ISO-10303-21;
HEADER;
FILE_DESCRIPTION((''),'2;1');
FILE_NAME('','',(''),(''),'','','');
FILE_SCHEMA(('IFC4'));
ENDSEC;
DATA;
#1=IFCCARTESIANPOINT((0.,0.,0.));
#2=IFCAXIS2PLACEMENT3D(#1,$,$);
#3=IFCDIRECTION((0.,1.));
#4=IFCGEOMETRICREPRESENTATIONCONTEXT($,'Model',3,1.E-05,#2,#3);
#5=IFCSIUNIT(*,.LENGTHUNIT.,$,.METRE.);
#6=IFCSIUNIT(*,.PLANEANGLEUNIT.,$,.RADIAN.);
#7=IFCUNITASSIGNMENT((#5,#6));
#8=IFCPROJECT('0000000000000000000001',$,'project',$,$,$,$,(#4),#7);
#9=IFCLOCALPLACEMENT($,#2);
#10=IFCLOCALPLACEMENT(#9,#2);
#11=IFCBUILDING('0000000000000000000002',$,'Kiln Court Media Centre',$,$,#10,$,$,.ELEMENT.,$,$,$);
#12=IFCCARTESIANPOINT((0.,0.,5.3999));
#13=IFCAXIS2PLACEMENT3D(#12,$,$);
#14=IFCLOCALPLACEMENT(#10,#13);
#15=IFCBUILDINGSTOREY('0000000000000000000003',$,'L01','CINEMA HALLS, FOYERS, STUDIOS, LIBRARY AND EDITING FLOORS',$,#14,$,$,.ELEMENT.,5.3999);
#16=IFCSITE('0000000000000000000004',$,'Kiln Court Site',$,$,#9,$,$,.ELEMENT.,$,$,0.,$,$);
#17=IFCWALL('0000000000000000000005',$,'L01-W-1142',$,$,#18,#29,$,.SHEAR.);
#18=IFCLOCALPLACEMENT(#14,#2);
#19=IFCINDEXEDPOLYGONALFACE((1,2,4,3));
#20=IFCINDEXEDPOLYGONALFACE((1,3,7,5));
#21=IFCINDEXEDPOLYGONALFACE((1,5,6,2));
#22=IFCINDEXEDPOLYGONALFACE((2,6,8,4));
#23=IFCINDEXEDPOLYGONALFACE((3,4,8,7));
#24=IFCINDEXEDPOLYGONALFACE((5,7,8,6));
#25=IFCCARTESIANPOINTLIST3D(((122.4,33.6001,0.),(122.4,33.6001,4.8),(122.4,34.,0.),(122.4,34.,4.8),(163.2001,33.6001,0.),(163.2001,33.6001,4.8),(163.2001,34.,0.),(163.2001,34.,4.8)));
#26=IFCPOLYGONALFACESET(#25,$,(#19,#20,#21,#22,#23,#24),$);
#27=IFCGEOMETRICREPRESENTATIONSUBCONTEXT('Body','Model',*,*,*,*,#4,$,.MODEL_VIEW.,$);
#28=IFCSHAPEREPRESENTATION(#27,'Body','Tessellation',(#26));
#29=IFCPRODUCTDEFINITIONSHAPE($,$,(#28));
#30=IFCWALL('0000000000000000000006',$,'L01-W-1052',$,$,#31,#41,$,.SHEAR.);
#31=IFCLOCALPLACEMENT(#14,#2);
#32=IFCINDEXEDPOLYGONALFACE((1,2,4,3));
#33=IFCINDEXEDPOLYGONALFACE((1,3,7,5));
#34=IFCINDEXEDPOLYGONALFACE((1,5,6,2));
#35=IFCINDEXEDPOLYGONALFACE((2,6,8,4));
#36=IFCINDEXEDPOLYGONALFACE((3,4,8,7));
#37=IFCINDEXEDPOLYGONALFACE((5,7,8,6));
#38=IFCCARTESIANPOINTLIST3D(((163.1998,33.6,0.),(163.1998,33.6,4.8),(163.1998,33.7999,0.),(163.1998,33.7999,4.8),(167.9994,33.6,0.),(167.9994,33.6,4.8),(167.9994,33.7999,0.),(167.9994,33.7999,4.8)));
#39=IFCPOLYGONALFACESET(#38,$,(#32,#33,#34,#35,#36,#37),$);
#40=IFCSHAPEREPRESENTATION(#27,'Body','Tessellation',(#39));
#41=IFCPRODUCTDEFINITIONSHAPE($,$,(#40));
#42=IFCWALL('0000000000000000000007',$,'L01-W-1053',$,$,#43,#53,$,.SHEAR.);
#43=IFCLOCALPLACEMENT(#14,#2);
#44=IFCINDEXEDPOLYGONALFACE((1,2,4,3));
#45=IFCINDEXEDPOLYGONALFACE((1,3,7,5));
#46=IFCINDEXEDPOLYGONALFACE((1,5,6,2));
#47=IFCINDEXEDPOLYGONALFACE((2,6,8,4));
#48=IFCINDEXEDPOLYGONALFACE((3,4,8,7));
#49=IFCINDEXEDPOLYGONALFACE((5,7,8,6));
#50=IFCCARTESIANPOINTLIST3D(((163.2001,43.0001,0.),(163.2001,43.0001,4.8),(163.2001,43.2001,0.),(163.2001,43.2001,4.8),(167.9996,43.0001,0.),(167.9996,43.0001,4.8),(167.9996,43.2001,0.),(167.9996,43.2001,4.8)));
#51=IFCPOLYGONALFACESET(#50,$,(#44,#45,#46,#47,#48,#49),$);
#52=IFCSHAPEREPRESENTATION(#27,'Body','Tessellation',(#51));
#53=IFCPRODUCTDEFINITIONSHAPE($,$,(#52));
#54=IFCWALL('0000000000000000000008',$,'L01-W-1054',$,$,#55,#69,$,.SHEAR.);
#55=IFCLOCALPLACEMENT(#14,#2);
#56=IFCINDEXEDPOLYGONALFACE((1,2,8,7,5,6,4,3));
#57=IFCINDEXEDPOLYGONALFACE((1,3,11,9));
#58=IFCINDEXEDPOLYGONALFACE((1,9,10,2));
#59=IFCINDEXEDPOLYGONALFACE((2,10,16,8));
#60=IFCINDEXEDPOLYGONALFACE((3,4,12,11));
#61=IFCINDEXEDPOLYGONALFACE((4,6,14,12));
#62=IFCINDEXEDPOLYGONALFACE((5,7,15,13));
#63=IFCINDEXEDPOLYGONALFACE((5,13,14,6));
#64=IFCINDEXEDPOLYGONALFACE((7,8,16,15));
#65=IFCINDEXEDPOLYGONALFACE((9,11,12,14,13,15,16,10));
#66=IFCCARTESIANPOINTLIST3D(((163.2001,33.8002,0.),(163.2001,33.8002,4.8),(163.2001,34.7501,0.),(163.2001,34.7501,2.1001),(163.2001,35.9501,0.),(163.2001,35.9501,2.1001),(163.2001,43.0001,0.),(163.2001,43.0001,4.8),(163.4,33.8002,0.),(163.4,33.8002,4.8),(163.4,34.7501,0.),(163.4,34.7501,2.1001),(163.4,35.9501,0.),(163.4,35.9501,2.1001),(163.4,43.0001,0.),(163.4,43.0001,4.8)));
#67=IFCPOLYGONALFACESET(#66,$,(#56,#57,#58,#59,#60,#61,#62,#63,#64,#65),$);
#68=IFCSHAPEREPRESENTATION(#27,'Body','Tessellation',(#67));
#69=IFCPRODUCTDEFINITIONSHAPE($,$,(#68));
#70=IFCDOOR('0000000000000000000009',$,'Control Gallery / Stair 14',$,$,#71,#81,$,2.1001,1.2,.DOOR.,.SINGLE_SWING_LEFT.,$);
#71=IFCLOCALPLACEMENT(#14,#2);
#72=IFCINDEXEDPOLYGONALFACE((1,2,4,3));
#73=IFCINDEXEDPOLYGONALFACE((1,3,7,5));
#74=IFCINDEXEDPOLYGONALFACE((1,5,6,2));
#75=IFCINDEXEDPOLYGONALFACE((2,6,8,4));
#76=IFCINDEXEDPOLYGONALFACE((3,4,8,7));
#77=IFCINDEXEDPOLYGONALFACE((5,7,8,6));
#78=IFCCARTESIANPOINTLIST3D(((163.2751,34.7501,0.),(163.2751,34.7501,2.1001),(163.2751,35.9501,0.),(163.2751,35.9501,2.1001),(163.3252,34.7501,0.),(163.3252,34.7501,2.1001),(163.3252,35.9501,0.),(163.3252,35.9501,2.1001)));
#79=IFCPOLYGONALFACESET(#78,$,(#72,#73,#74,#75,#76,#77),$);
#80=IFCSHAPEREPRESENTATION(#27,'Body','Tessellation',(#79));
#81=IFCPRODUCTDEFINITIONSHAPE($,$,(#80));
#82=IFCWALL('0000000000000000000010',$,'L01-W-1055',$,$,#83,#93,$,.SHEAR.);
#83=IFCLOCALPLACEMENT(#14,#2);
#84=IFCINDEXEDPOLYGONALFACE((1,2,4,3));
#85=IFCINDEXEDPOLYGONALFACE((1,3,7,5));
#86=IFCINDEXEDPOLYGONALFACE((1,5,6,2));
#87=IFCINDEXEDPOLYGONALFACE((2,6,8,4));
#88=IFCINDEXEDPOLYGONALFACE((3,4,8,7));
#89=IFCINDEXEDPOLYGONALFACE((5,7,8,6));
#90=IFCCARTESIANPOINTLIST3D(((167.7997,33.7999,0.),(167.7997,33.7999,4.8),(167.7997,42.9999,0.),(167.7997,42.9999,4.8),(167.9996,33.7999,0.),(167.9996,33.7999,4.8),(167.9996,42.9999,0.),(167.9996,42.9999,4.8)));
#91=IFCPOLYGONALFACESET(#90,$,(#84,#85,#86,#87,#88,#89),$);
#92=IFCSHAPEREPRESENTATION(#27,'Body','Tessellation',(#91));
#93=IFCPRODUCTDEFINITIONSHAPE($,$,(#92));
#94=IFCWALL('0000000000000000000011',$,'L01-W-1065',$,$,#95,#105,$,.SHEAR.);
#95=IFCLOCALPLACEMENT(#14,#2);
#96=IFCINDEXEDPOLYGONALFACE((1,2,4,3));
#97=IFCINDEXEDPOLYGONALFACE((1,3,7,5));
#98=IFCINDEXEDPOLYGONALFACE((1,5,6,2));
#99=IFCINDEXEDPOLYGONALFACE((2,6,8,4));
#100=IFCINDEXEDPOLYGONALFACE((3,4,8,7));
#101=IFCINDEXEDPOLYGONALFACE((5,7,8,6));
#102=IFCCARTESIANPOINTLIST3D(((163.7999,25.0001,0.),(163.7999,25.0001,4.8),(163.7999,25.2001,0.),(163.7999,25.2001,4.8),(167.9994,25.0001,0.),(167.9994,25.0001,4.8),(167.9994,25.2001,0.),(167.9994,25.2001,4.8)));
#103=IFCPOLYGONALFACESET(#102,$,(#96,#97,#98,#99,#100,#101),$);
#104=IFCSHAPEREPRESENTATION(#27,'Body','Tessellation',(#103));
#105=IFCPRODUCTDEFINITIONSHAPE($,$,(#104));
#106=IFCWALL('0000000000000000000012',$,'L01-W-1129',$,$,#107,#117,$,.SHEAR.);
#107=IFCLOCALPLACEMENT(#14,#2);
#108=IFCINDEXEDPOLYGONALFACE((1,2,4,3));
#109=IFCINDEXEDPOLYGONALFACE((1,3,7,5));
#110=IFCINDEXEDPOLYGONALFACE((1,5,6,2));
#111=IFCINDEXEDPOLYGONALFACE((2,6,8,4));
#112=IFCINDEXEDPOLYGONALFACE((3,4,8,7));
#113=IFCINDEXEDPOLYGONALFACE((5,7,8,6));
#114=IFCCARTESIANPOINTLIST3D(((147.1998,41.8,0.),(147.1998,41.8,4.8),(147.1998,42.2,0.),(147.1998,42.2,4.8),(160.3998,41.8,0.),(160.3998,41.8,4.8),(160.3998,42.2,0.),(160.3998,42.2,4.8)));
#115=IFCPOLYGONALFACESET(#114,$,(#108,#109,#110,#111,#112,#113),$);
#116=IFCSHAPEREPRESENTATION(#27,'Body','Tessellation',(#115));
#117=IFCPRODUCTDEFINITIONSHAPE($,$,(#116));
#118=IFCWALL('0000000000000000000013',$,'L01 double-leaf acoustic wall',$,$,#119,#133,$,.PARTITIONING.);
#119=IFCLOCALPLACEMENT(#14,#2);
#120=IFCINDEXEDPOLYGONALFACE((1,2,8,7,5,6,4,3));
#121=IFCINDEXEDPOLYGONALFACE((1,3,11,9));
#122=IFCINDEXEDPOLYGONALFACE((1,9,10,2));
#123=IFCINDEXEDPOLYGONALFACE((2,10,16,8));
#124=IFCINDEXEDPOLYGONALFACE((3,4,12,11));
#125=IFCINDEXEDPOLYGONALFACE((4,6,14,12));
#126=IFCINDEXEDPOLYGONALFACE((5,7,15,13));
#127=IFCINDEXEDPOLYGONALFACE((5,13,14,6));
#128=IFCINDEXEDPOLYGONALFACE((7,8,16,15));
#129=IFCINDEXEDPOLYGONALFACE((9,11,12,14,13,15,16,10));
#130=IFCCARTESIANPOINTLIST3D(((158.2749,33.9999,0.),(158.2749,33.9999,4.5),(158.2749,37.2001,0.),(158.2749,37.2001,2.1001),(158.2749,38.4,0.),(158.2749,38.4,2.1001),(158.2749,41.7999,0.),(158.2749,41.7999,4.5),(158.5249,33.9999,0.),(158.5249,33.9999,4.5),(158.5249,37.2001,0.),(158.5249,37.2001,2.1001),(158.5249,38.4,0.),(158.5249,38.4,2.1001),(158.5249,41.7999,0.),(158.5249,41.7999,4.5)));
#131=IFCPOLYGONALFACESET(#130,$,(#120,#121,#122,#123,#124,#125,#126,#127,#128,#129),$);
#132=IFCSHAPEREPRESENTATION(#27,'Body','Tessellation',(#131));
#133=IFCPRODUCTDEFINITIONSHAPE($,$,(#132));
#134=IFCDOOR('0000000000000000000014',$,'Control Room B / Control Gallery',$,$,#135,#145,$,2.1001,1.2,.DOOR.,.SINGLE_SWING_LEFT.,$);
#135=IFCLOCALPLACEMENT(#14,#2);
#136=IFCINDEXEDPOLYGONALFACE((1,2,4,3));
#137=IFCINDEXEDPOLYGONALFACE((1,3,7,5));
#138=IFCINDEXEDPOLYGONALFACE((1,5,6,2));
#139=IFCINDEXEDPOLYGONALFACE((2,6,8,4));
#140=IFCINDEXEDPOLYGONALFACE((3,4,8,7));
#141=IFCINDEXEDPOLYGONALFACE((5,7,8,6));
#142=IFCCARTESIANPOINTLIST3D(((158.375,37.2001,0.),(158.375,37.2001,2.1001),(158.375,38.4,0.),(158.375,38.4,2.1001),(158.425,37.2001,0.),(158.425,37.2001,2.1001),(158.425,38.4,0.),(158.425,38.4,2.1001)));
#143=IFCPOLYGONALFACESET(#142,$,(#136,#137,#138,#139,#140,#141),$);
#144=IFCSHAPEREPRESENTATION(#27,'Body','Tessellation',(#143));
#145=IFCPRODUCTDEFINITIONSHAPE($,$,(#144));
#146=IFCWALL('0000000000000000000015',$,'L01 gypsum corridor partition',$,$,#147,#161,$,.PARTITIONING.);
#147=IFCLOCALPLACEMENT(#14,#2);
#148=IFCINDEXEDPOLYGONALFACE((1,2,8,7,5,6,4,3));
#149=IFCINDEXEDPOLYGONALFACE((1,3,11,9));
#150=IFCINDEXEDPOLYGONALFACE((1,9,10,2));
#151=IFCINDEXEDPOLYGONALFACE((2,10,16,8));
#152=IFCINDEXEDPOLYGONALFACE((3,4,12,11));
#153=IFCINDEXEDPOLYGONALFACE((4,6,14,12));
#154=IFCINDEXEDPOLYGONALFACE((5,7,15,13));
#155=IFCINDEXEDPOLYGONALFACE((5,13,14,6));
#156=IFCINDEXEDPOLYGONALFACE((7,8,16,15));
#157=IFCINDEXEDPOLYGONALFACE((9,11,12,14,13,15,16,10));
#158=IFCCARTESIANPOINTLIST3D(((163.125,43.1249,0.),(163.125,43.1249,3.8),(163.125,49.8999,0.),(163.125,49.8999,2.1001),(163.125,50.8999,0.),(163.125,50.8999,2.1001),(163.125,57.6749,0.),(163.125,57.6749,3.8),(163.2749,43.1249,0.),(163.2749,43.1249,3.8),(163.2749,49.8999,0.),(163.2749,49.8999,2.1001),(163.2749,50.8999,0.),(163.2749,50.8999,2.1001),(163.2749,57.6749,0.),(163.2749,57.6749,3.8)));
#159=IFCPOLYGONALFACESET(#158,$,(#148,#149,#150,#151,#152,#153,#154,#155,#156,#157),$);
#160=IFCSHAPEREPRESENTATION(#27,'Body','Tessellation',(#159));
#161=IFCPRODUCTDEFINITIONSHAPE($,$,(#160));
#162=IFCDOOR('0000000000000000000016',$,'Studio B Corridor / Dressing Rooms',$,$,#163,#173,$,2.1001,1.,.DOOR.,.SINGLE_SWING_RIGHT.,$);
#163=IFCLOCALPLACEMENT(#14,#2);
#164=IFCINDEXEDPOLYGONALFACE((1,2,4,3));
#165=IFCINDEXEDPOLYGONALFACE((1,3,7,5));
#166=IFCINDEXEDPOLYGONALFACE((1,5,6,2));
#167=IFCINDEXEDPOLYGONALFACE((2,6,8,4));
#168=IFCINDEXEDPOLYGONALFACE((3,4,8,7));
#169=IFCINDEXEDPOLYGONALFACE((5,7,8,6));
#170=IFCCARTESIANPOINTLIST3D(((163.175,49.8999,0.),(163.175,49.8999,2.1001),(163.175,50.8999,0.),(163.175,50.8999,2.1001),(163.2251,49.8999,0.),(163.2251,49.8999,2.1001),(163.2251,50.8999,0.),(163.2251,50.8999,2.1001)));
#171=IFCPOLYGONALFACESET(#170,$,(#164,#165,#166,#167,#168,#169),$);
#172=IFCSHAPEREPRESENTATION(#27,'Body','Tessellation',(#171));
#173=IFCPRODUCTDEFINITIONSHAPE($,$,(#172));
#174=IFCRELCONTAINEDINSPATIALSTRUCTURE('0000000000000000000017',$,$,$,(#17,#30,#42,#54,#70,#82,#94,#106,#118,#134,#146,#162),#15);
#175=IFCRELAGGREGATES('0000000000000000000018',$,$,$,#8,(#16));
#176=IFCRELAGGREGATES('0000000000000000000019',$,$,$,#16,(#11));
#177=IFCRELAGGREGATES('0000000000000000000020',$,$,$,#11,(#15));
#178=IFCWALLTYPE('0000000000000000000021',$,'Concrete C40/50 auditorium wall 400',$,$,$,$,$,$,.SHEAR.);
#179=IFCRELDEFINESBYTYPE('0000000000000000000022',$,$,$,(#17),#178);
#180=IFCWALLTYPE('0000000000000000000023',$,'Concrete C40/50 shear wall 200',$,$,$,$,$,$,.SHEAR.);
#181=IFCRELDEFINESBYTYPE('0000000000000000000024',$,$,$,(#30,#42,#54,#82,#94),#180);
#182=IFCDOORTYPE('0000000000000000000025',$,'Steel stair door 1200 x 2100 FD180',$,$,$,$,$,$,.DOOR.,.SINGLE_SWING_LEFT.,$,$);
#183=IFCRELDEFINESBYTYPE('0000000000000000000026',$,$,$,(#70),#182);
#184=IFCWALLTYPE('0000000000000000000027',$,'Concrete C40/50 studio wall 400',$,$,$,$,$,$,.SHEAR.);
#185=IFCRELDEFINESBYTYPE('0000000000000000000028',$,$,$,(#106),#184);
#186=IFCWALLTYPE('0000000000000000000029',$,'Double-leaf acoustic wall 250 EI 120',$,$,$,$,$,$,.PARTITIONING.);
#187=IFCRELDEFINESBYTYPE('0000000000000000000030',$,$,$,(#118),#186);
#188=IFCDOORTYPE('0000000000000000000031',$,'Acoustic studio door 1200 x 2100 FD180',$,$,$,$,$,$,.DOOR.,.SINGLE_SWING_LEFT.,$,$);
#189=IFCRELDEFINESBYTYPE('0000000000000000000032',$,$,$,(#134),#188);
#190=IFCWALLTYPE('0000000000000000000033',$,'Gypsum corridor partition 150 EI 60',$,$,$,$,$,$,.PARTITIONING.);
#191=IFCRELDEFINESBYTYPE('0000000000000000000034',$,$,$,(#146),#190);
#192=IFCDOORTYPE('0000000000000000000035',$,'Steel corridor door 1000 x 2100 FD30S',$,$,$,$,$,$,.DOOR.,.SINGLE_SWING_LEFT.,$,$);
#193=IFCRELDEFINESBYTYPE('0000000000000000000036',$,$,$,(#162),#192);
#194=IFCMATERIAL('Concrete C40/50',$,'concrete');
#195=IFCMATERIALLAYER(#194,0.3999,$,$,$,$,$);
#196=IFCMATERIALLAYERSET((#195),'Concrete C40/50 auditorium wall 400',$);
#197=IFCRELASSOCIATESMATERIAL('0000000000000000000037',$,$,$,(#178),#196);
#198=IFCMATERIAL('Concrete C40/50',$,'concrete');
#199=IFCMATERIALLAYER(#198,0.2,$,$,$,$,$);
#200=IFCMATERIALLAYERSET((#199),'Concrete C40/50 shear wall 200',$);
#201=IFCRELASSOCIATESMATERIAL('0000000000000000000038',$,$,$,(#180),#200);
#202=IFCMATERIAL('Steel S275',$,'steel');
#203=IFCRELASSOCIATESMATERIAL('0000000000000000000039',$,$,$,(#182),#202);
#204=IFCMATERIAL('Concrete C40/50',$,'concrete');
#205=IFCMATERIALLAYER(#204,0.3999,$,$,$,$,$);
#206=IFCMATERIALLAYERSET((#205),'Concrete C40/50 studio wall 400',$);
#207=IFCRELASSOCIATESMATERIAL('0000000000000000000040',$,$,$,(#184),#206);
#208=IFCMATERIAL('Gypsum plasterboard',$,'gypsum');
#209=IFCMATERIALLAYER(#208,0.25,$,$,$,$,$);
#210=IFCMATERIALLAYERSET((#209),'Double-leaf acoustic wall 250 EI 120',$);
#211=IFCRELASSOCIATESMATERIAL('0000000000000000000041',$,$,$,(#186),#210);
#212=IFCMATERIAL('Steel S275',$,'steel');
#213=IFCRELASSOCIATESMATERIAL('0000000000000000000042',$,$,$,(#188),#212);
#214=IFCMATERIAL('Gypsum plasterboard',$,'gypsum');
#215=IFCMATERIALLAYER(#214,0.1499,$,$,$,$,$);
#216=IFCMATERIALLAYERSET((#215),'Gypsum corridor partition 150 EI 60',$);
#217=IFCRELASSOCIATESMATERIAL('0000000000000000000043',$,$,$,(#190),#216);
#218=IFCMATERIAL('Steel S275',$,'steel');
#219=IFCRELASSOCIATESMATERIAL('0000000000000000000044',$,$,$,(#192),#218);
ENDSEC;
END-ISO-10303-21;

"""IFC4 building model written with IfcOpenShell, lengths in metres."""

from ifc_helpers import new_model, si_unit, direction, frame, frame_2d, origin, place, context, subcontext, project, spatial, rectangle, extrude, material, layer, layer_set, type_object, element, fill, save


model = new_model("IFC4")

# Units and contexts
model_context = context("Model", 3, precision=1e-05, world=origin(), true_north=direction((0.0, 1.0)))
body_context = subcontext(model_context, "Body", "Model", "MODEL_VIEW")
ifc_project = project(units=[si_unit("LENGTHUNIT", "METRE"), si_unit("PLANEANGLEUNIT", "RADIAN")], contexts=[model_context])

# Site, building, storey
site_placement = place(None, origin())
site = spatial("IfcSite", under=ifc_project, at=site_placement, Name="Kiln Court Site", CompositionType="ELEMENT", RefElevation=0.0)
building_placement = place(site_placement, origin())
building = spatial("IfcBuilding", under=site, at=building_placement, Name="Kiln Court Media Centre", CompositionType="ELEMENT")
storey_placement = place(building_placement, frame((0.0, 0.0, 5.3999)))
storey = spatial("IfcBuildingStorey", under=building, at=storey_placement, Name="L01", Description="CINEMA HALLS, FOYERS, STUDIOS, LIBRARY AND EDITING FLOORS", CompositionType="ELEMENT", Elevation=5.3999)

# Walls
ifc_material_1 = material(Name="Concrete C40/50", Category="concrete")
ifc_layer_1 = layer(ifc_material_1, 0.3999)
ifc_layer_set_1 = layer_set([ifc_layer_1], Name="Concrete C40/50 auditorium wall 400")
wall_type_1 = type_object("IfcWallType", Name="Concrete C40/50 auditorium wall 400", PredefinedType="SHEAR", material=ifc_layer_set_1)
wall_1_placement = place(storey_placement, frame((163.2, 33.8, 0.0), z_axis=(0.0, 0.0, 1.0), x_axis=(-1.0, 0.0, 0.0)))
element("IfcWall", 1, at=wall_1_placement, inside=storey, type_object=wall_type_1, Name="L01-W-1142", PredefinedType="SHEAR", context=body_context, shape_type="SweptSolid", body=[
    extrude(rectangle(XDim=40.8, YDim=0.3999, at=frame_2d((20.3999, 0.0))), origin(), (0.0, 0.0, 1.0), 4.8),
])
ifc_material_2 = material(Name="Concrete C40/50", Category="concrete")
ifc_layer_2 = layer(ifc_material_2, 0.2)
ifc_layer_set_2 = layer_set([ifc_layer_2], Name="Concrete C40/50 shear wall 200")
wall_type_2 = type_object("IfcWallType", Name="Concrete C40/50 shear wall 200", PredefinedType="SHEAR", material=ifc_layer_set_2)
for number, where, z_axis, x_axis, name in (
    (2, (167.9995, 33.7, 0.0), (0.0, 0.0, 1.0), (-1.0, 0.0, 0.0), "L01-W-1052"),
    (3, (163.2, 43.1001, 0.0), (0.0, 0.0, 1.0), (1.0, 0.0, 0.0), "L01-W-1053"),
):
    element("IfcWall", number, at=place(storey_placement, frame(where, z_axis=z_axis, x_axis=x_axis)), inside=storey, type_object=wall_type_2, Name=name, PredefinedType="SHEAR", context=body_context, shape_type="SweptSolid", body=[
        extrude(rectangle(XDim=4.7996, YDim=0.2, at=frame_2d((2.3999, 0.0))), origin(), (0.0, 0.0, 1.0), 4.8),
    ])

# Wall, opening, door
wall_2_placement = place(storey_placement, frame((163.3, 33.8, 0.0), z_axis=(0.0, 0.0, 1.0), x_axis=(0.0, 1.0, 0.0)))
wall_2 = element("IfcWall", 4, at=wall_2_placement, inside=storey, type_object=wall_type_2, Name="L01-W-1054", PredefinedType="SHEAR", context=body_context, shape_type="SweptSolid", body=[
    extrude(rectangle(XDim=9.2, YDim=0.2, at=frame_2d((4.6001, 0.0))), origin(), (0.0, 0.0, 1.0), 4.8),
])
opening_1_placement = place(wall_2_placement, frame((0.95, 0.0, 0.0)))
opening_1 = element("IfcOpeningElement", 5, at=opening_1_placement, cuts=wall_2, PredefinedType="OPENING", context=body_context, shape_type="SweptSolid", body=[
    extrude(rectangle(XDim=1.2, YDim=2.1001, at=frame_2d((0.6001, 1.05))), frame((0.0, 0.1099, 0.0), z_axis=(0.0, -1.0, 0.0), x_axis=(1.0, 0.0, 0.0)), (0.0, 0.0, 1.0), 0.22),
])
ifc_material_3 = material(Name="Steel S275", Category="steel")
door_type_1 = type_object("IfcDoorType", Name="Steel stair door 1200 x 2100 FD180", OperationType="SINGLE_SWING_LEFT", PredefinedType="DOOR", material=ifc_material_3)
door_1_placement = place(opening_1_placement, origin())
door_1 = element("IfcDoor", 6, at=door_1_placement, inside=storey, type_object=door_type_1, Name="Control Gallery / Stair 14", OperationType="SINGLE_SWING_LEFT", OverallHeight=2.1001, OverallWidth=1.2, PredefinedType="DOOR", context=body_context, shape_type="SweptSolid", body=[
    extrude(rectangle(XDim=1.2, YDim=2.1001, at=frame_2d((0.6001, 1.05))), frame((0.0, 0.0249, 0.0), z_axis=(0.0, -1.0, 0.0), x_axis=(1.0, 0.0, 0.0)), (0.0, 0.0, 1.0), 0.05),
])
fill(opening_1, door_1)

# Walls
wall_3_placement = place(storey_placement, frame((167.8997, 43.0, 0.0), z_axis=(0.0, 0.0, 1.0), x_axis=(0.0, -1.0, 0.0)))
element("IfcWall", 7, at=wall_3_placement, inside=storey, type_object=wall_type_2, Name="L01-W-1055", PredefinedType="SHEAR", context=body_context, shape_type="SweptSolid", body=[
    extrude(rectangle(XDim=9.2, YDim=0.2, at=frame_2d((4.6001, 0.0))), origin(), (0.0, 0.0, 1.0), 4.8),
])
wall_4_placement = place(storey_placement, frame((163.8, 25.1001, 0.0), z_axis=(0.0, 0.0, 1.0), x_axis=(1.0, 0.0, 0.0)))
element("IfcWall", 8, at=wall_4_placement, inside=storey, type_object=wall_type_2, Name="L01-W-1065", PredefinedType="SHEAR", context=body_context, shape_type="SweptSolid", body=[
    extrude(rectangle(XDim=4.1995, YDim=0.2, at=frame_2d((2.0996, 0.0))), origin(), (0.0, 0.0, 1.0), 4.8),
])
ifc_material_4 = material(Name="Concrete C40/50", Category="concrete")
ifc_layer_3 = layer(ifc_material_4, 0.3999)
ifc_layer_set_3 = layer_set([ifc_layer_3], Name="Concrete C40/50 studio wall 400")
wall_type_3 = type_object("IfcWallType", Name="Concrete C40/50 studio wall 400", PredefinedType="SHEAR", material=ifc_layer_set_3)
wall_5_placement = place(storey_placement, frame((160.3999, 42.0, 0.0), z_axis=(0.0, 0.0, 1.0), x_axis=(-1.0, 0.0, 0.0)))
element("IfcWall", 9, at=wall_5_placement, inside=storey, type_object=wall_type_3, Name="L01-W-1129", PredefinedType="SHEAR", context=body_context, shape_type="SweptSolid", body=[
    extrude(rectangle(XDim=13.2, YDim=0.3999, at=frame_2d((6.6001, 0.0))), origin(), (0.0, 0.0, 1.0), 4.8),
])

# Walls, openings, doors
ifc_material_5 = material(Name="Gypsum plasterboard", Category="gypsum")
ifc_layer_4 = layer(ifc_material_5, 0.25)
ifc_layer_set_4 = layer_set([ifc_layer_4], Name="Double-leaf acoustic wall 250 EI 120")
wall_type_4 = type_object("IfcWallType", Name="Double-leaf acoustic wall 250 EI 120", PredefinedType="PARTITIONING", material=ifc_layer_set_4)
wall_6_placement = place(storey_placement, frame((158.3999, 34.0, 0.0), z_axis=(0.0, 0.0, 1.0), x_axis=(0.0, 1.0, 0.0)))
wall_6 = element("IfcWall", 10, at=wall_6_placement, inside=storey, type_object=wall_type_4, Name="L01 double-leaf acoustic wall", PredefinedType="PARTITIONING", context=body_context, shape_type="SweptSolid", body=[
    extrude(rectangle(XDim=7.8, YDim=0.25, at=frame_2d((3.8999, 0.0))), origin(), (0.0, 0.0, 1.0), 4.5),
])
opening_2_placement = place(wall_6_placement, frame((3.2, 0.0, 0.0)))
opening_2 = element("IfcOpeningElement", 11, at=opening_2_placement, cuts=wall_6, PredefinedType="OPENING", context=body_context, shape_type="SweptSolid", body=[
    extrude(rectangle(XDim=1.2, YDim=2.1001, at=frame_2d((0.6001, 1.05))), frame((0.0, 0.135, 0.0), z_axis=(0.0, -1.0, 0.0), x_axis=(1.0, 0.0, 0.0)), (0.0, 0.0, 1.0), 0.27),
])
ifc_material_6 = material(Name="Steel S275", Category="steel")
door_type_2 = type_object("IfcDoorType", Name="Acoustic studio door 1200 x 2100 FD180", OperationType="SINGLE_SWING_LEFT", PredefinedType="DOOR", material=ifc_material_6)
door_2_placement = place(opening_2_placement, origin())
door_2 = element("IfcDoor", 12, at=door_2_placement, inside=storey, type_object=door_type_2, Name="Control Room B / Control Gallery", OperationType="SINGLE_SWING_LEFT", OverallHeight=2.1001, OverallWidth=1.2, PredefinedType="DOOR", context=body_context, shape_type="SweptSolid", body=[
    extrude(rectangle(XDim=1.2, YDim=2.1001, at=frame_2d((0.6001, 1.05))), frame((0.0, 0.0249, 0.0), z_axis=(0.0, -1.0, 0.0), x_axis=(1.0, 0.0, 0.0)), (0.0, 0.0, 1.0), 0.05),
])
fill(opening_2, door_2)
ifc_material_7 = material(Name="Gypsum plasterboard", Category="gypsum")
ifc_layer_5 = layer(ifc_material_7, 0.1499)
ifc_layer_set_5 = layer_set([ifc_layer_5], Name="Gypsum corridor partition 150 EI 60")
wall_type_5 = type_object("IfcWallType", Name="Gypsum corridor partition 150 EI 60", PredefinedType="PARTITIONING", material=ifc_layer_set_5)
wall_7_placement = place(storey_placement, frame((163.2, 43.125, 0.0), z_axis=(0.0, 0.0, 1.0), x_axis=(0.0, 1.0, 0.0)))
wall_7 = element("IfcWall", 13, at=wall_7_placement, inside=storey, type_object=wall_type_5, Name="L01 gypsum corridor partition", PredefinedType="PARTITIONING", context=body_context, shape_type="SweptSolid", body=[
    extrude(rectangle(XDim=14.55, YDim=0.1499, at=frame_2d((7.2749, 0.0))), origin(), (0.0, 0.0, 1.0), 3.8),
])
opening_3_placement = place(wall_7_placement, frame((6.7749, 0.0, 0.0)))
opening_3 = element("IfcOpeningElement", 14, at=opening_3_placement, cuts=wall_7, PredefinedType="OPENING", context=body_context, shape_type="SweptSolid", body=[
    extrude(rectangle(XDim=1.0, YDim=2.1001, at=frame_2d((0.5, 1.05))), frame((0.0, 0.085, 0.0), z_axis=(0.0, -1.0, 0.0), x_axis=(1.0, 0.0, 0.0)), (0.0, 0.0, 1.0), 0.1699),
])
ifc_material_8 = material(Name="Steel S275", Category="steel")
door_type_3 = type_object("IfcDoorType", Name="Steel corridor door 1000 x 2100 FD30S", OperationType="SINGLE_SWING_LEFT", PredefinedType="DOOR", material=ifc_material_8)
door_3_placement = place(opening_3_placement, origin())
door_3 = element("IfcDoor", 15, at=door_3_placement, inside=storey, type_object=door_type_3, Name="Studio B Corridor / Dressing Rooms", OperationType="SINGLE_SWING_RIGHT", OverallHeight=2.1001, OverallWidth=1.0, PredefinedType="DOOR", context=body_context, shape_type="SweptSolid", body=[
    extrude(rectangle(XDim=1.0, YDim=2.1001, at=frame_2d((0.5, 1.05))), frame((0.0, 0.0249, 0.0), z_axis=(0.0, -1.0, 0.0), x_axis=(1.0, 0.0, 0.0)), (0.0, 0.0, 1.0), 0.05),
])
fill(opening_3, door_3)

save(model, "model.ifc")
